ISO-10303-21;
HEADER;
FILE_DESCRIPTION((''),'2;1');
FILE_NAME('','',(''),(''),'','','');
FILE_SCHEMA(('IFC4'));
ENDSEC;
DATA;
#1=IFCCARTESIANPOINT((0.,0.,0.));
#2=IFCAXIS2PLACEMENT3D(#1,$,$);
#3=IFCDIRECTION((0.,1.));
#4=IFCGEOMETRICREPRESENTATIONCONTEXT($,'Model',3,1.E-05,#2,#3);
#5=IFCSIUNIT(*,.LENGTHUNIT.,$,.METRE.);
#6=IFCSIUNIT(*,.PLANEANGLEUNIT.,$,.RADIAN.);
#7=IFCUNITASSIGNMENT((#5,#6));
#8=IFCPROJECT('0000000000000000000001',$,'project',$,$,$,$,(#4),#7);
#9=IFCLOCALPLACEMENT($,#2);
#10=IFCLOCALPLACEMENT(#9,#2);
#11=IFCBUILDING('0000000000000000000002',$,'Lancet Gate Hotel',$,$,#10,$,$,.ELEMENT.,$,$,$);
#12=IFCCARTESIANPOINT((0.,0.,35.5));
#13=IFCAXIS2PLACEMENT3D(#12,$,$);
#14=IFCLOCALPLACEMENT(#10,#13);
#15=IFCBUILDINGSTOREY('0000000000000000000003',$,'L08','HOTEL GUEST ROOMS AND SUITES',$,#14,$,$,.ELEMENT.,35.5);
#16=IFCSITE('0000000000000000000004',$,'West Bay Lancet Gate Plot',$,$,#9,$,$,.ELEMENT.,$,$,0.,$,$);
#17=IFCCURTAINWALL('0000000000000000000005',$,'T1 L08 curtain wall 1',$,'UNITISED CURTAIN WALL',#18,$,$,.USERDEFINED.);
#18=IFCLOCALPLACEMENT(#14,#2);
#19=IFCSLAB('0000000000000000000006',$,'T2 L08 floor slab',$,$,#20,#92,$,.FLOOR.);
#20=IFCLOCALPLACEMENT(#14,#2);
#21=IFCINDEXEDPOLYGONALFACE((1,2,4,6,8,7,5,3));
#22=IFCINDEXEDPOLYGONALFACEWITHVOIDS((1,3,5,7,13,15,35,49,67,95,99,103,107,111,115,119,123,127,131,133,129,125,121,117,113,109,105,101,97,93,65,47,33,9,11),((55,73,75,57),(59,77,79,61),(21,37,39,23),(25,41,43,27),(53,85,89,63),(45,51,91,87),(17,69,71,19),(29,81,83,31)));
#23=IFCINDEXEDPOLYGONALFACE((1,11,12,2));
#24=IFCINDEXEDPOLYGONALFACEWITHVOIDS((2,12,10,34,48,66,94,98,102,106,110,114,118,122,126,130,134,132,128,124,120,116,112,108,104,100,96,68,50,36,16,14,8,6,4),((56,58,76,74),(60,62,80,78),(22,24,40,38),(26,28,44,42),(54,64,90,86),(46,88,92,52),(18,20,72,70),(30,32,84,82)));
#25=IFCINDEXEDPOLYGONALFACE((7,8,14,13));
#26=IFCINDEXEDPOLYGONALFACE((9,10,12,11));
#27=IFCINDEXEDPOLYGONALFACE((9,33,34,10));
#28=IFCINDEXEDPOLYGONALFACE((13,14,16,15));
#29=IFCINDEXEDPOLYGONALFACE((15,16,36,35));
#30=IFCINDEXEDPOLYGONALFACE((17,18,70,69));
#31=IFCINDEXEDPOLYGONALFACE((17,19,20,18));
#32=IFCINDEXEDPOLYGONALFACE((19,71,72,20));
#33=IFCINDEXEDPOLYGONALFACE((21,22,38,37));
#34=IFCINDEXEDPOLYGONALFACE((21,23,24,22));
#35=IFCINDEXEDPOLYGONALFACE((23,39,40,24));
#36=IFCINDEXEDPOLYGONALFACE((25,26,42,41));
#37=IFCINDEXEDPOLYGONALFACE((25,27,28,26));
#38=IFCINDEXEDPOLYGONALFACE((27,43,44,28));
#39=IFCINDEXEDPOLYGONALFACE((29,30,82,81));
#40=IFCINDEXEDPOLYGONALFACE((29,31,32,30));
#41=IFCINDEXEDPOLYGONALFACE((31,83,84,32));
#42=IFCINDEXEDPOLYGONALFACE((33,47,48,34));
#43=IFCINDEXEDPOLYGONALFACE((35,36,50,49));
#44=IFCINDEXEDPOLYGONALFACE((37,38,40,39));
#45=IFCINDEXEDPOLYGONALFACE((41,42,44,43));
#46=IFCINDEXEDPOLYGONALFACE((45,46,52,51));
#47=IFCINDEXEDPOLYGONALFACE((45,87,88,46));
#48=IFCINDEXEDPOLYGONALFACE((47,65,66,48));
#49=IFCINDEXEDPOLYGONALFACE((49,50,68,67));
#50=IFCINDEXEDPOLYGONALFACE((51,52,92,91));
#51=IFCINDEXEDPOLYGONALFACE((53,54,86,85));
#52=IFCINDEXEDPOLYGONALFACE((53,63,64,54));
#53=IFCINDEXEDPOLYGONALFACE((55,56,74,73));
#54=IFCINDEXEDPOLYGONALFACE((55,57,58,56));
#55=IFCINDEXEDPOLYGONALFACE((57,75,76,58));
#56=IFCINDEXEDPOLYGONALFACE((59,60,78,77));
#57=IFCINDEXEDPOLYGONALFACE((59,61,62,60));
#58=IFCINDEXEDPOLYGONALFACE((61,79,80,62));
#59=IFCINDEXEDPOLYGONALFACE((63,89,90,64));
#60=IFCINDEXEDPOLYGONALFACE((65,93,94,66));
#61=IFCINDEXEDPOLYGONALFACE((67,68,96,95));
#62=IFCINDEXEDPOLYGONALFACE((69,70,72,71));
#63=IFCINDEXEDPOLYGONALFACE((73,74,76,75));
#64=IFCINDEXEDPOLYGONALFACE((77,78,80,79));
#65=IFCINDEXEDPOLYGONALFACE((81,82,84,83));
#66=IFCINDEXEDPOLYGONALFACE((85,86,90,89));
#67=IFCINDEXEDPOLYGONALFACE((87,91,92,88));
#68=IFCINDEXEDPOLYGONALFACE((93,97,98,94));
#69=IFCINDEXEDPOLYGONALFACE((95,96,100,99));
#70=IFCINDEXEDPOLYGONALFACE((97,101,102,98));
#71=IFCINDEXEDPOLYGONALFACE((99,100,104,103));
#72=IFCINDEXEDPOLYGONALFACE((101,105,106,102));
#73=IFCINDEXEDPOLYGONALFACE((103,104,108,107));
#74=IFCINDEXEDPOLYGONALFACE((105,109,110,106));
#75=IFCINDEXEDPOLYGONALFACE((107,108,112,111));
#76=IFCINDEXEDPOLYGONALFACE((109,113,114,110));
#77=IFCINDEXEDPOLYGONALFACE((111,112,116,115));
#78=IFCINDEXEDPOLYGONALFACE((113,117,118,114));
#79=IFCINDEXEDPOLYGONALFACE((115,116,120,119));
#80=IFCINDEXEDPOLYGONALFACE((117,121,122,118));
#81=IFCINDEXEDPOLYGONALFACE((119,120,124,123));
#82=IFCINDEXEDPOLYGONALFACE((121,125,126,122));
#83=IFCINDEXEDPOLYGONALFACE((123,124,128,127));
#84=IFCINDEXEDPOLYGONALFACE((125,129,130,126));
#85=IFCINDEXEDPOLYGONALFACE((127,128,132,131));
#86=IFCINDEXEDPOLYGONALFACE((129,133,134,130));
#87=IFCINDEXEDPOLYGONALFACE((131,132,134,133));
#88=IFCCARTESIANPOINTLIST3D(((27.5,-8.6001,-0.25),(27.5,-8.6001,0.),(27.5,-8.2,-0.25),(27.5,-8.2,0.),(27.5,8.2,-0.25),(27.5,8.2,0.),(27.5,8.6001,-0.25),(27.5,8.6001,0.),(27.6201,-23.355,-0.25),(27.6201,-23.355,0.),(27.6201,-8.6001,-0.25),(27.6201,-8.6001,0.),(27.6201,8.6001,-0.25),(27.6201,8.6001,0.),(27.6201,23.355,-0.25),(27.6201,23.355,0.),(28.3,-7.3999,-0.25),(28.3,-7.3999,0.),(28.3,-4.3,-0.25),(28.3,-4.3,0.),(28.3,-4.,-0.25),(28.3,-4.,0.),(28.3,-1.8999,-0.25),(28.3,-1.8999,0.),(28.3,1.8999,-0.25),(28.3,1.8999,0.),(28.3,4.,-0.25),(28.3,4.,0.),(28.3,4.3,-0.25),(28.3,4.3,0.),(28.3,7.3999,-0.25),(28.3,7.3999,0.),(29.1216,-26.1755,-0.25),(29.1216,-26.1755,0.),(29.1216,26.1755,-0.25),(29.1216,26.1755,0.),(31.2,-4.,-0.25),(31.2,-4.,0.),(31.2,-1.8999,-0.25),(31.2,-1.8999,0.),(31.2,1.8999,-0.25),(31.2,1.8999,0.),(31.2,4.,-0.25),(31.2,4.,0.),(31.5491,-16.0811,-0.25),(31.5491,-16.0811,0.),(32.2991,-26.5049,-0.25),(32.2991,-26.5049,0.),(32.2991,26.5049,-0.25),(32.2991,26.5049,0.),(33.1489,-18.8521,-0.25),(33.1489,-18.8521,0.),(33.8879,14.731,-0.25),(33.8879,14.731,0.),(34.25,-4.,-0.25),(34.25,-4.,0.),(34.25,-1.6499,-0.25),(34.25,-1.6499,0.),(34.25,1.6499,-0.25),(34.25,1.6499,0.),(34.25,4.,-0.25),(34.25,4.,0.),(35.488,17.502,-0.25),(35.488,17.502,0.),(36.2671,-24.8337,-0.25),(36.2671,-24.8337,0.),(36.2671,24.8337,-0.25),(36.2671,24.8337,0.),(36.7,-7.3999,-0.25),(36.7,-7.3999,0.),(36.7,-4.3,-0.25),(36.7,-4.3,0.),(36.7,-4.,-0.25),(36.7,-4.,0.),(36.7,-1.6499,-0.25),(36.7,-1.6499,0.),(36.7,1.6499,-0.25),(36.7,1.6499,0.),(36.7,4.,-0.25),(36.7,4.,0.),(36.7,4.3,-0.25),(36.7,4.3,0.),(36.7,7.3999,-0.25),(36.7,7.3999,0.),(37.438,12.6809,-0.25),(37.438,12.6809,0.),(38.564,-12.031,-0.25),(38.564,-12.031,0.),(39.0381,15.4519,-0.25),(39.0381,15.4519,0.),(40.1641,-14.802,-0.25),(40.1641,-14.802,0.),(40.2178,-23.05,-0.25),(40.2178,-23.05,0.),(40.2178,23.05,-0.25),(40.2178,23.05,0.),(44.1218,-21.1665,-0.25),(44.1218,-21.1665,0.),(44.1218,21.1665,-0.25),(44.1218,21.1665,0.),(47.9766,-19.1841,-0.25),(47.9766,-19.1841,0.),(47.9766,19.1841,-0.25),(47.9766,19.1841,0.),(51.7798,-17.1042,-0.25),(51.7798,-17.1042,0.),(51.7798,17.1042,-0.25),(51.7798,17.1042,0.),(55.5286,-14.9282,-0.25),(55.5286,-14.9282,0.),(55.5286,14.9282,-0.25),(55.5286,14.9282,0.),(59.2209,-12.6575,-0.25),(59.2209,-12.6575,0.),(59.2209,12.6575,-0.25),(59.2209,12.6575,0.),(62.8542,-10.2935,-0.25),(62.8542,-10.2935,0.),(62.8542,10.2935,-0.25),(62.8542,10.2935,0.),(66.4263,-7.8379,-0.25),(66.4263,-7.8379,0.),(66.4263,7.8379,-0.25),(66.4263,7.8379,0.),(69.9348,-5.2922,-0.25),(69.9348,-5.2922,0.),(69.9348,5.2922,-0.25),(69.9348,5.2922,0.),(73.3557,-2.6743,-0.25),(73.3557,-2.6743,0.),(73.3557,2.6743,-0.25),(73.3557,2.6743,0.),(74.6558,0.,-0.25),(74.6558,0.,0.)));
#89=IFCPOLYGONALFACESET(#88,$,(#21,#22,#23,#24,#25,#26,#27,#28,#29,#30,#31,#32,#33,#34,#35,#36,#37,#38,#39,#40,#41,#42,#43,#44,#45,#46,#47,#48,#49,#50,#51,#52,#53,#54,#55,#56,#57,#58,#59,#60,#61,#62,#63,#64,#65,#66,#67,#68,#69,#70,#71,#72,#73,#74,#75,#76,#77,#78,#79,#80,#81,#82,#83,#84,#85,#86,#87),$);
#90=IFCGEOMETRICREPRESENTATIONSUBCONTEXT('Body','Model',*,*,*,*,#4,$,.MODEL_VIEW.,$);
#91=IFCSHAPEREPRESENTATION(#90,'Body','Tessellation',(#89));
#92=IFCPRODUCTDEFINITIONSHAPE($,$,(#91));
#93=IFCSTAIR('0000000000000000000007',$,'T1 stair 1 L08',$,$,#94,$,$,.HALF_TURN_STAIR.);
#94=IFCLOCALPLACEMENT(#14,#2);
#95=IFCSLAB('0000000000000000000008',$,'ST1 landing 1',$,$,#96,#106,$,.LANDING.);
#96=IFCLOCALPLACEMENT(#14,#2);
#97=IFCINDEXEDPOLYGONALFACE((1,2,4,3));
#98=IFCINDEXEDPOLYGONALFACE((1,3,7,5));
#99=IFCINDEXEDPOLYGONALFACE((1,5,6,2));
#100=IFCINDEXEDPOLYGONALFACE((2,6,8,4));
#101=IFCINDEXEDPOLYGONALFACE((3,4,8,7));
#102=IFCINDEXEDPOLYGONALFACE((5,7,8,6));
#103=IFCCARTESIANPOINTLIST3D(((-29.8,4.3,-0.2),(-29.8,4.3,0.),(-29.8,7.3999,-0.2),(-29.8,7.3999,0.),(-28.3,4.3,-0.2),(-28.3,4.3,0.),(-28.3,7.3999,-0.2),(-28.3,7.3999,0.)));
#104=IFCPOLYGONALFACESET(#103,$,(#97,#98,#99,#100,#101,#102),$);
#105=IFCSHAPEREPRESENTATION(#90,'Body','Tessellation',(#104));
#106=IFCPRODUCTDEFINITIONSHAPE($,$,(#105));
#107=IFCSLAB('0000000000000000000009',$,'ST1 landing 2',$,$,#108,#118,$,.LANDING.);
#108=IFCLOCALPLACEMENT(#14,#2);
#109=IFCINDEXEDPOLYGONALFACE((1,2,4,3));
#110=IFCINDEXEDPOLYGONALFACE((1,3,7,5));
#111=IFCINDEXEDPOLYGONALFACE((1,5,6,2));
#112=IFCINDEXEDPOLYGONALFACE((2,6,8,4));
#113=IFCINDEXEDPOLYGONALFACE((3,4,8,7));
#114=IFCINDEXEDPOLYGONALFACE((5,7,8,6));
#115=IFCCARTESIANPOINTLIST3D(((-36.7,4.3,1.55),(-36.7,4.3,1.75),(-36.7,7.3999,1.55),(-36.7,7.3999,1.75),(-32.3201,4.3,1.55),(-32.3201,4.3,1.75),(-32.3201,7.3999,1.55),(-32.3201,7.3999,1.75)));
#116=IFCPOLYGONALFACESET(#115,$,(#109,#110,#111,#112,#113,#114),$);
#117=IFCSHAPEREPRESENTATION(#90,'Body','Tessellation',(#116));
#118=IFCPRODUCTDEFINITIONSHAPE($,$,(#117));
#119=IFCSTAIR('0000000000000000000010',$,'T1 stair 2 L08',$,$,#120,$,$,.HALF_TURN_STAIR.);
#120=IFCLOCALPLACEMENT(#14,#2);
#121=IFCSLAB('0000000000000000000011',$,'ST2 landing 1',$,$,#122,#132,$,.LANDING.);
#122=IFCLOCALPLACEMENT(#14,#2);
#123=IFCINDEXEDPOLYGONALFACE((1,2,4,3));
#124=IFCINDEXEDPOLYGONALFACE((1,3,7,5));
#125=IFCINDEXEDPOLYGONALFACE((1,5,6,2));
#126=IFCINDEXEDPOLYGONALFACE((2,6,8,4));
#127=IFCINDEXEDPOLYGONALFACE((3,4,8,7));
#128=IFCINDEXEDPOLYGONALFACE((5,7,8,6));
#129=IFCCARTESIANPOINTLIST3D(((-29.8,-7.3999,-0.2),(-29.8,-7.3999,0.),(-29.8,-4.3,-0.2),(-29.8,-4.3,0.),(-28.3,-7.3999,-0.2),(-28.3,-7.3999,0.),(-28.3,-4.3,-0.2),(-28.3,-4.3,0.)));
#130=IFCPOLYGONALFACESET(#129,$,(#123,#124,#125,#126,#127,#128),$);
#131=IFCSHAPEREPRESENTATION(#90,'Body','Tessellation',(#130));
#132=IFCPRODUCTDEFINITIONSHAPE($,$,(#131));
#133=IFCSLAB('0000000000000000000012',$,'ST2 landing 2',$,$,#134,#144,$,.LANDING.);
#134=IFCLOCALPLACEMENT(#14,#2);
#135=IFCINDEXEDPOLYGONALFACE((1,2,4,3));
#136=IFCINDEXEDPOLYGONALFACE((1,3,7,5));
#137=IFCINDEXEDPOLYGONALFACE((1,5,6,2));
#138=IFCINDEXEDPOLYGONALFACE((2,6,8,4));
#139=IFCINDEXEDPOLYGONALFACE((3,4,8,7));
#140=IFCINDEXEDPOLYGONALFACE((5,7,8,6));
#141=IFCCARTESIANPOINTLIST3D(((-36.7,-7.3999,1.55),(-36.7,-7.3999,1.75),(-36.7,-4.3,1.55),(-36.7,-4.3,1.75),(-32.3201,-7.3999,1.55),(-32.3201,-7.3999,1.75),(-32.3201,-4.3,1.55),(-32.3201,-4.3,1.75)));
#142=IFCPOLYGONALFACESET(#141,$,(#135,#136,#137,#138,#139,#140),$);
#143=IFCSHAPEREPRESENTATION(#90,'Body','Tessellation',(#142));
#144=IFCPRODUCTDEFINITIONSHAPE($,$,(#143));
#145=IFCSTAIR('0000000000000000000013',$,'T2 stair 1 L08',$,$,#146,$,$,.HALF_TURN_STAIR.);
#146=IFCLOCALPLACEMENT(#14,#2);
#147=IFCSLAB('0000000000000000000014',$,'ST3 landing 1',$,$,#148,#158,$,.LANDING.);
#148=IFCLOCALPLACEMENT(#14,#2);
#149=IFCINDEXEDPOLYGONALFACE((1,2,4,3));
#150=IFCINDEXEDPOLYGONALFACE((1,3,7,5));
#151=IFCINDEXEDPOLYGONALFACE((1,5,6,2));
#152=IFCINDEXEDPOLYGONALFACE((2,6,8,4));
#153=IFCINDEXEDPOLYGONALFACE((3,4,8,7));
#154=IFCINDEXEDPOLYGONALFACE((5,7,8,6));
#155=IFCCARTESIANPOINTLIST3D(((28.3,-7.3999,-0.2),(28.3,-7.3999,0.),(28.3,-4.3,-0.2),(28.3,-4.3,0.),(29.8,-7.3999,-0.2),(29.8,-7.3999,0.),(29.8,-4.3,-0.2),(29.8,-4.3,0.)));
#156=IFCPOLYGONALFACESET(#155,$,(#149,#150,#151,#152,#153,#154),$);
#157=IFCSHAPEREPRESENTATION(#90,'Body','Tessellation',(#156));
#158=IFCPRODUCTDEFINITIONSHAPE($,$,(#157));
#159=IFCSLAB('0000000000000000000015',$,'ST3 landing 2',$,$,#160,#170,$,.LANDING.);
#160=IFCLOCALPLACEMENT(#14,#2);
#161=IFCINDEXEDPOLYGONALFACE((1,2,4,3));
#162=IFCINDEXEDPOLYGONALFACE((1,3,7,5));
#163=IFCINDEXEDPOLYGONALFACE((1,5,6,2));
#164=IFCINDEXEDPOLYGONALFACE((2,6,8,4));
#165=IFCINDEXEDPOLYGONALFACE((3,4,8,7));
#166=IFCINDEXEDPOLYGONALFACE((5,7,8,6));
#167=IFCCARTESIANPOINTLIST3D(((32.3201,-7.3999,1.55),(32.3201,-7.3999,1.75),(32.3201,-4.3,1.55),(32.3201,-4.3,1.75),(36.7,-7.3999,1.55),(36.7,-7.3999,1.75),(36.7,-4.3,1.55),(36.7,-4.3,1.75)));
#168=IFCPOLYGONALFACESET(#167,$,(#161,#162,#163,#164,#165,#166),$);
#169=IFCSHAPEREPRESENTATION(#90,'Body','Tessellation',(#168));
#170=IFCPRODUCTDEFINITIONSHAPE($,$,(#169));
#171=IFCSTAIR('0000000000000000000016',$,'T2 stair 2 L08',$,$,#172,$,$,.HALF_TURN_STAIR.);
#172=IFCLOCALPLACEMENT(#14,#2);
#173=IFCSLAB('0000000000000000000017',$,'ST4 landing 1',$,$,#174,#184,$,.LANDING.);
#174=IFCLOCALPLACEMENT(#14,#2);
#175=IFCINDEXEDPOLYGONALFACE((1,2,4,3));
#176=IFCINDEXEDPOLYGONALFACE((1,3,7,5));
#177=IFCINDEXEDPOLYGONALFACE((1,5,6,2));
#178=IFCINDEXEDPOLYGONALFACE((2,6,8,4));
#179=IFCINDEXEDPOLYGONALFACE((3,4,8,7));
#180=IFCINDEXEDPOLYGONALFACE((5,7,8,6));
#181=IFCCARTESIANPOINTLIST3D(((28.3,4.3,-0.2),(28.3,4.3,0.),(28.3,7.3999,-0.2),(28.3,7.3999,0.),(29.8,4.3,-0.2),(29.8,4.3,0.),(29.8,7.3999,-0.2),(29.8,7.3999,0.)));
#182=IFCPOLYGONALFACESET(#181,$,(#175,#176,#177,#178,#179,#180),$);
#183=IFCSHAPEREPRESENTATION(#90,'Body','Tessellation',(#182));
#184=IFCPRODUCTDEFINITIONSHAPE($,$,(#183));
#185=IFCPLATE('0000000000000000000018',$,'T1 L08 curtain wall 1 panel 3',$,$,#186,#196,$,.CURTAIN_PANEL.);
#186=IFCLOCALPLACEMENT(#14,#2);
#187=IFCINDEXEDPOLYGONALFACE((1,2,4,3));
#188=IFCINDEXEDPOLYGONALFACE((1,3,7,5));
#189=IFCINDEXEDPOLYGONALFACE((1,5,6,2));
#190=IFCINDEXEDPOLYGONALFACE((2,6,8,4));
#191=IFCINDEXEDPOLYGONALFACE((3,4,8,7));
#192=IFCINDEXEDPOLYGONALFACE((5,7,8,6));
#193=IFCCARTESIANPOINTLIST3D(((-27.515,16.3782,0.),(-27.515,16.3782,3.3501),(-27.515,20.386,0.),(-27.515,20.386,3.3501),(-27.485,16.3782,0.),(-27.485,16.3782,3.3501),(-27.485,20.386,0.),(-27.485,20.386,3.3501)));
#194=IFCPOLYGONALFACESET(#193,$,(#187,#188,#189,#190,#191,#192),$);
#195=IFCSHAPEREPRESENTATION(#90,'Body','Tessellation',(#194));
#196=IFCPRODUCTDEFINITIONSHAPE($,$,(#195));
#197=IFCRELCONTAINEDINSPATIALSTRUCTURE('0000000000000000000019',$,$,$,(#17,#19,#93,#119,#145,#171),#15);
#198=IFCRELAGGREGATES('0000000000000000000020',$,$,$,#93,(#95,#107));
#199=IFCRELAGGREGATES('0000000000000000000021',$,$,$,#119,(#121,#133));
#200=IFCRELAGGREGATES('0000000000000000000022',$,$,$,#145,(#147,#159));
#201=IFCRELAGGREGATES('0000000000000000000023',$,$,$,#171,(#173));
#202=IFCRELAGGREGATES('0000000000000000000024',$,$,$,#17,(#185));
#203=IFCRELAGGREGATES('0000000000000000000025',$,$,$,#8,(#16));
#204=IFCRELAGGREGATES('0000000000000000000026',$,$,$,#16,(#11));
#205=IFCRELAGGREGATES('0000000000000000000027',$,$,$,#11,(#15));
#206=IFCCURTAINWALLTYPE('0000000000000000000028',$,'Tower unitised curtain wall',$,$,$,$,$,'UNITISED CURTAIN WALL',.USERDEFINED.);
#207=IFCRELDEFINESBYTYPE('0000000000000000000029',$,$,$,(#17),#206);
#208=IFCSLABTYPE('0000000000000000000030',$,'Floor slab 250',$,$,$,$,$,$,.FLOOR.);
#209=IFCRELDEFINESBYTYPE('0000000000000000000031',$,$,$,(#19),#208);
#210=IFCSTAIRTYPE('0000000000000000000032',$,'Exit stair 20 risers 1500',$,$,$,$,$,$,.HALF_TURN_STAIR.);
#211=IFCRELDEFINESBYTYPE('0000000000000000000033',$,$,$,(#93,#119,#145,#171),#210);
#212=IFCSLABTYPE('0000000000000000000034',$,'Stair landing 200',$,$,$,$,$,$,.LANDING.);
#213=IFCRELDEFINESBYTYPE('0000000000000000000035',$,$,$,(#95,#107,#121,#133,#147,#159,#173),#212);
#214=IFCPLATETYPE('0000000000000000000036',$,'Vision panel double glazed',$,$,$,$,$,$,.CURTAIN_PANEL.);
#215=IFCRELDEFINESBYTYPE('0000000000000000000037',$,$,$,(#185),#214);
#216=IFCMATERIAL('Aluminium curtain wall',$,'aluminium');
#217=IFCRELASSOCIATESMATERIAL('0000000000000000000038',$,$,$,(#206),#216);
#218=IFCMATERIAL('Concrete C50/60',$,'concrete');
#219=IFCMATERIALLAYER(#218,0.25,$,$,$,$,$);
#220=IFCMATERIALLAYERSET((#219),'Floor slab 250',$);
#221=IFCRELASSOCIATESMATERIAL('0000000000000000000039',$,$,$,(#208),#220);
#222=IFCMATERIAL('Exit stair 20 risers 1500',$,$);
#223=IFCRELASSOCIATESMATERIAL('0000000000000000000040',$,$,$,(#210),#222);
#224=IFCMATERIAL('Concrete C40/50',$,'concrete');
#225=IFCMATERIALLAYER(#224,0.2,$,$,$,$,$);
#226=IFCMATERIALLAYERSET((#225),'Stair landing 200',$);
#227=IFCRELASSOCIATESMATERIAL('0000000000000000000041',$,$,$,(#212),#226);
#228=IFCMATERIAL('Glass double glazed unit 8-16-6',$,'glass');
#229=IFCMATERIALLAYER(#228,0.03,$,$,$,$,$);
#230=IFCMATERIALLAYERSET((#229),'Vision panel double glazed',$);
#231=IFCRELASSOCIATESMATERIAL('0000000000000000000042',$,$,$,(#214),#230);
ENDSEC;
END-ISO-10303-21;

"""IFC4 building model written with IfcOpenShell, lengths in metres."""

from ifc_helpers import new_model, si_unit, direction, frame, origin, origin_2d, place, context, subcontext, project, spatial, polyline, rectangle, outline, extrude, material, layer, layer_set, type_object, element, aggregate, save


model = new_model("IFC4")

# Units and contexts
model_context = context("Model", 3, precision=1e-05, world=origin(), true_north=direction((0.0, 1.0)))
body_context = subcontext(model_context, "Body", "Model", "MODEL_VIEW")
ifc_project = project(units=[si_unit("LENGTHUNIT", "METRE"), si_unit("PLANEANGLEUNIT", "RADIAN")], contexts=[model_context])

# Site, building, storey
site_placement = place(None, origin())
site = spatial("IfcSite", under=ifc_project, at=site_placement, Name="West Bay Lancet Gate Plot", CompositionType="ELEMENT", RefElevation=0.0)
building_placement = place(site_placement, origin())
building = spatial("IfcBuilding", under=site, at=building_placement, Name="Lancet Gate Hotel", CompositionType="ELEMENT")
storey_placement = place(building_placement, frame((0.0, 0.0, 35.5)))
storey = spatial("IfcBuildingStorey", under=building, at=storey_placement, Name="L08", Description="HOTEL GUEST ROOMS AND SUITES", CompositionType="ELEMENT", Elevation=35.5)

# Curtain wall
ifc_material_1 = material(Name="Aluminium curtain wall", Category="aluminium")
curtain_wall_type = type_object("IfcCurtainWallType", Name="Tower unitised curtain wall", ElementType="UNITISED CURTAIN WALL", PredefinedType="USERDEFINED", material=ifc_material_1)
curtain_wall_placement = place(storey_placement, origin())
curtain_wall = element("IfcCurtainWall", 1, at=curtain_wall_placement, inside=storey, type_object=curtain_wall_type, Name="T1 L08 curtain wall 1", ObjectType="UNITISED CURTAIN WALL", PredefinedType="USERDEFINED")

# Slab
ifc_material_2 = material(Name="Concrete C50/60", Category="concrete")
ifc_layer_1 = layer(ifc_material_2, 0.25)
ifc_layer_set_1 = layer_set([ifc_layer_1], Name="Floor slab 250")
slab_type_1 = type_object("IfcSlabType", Name="Floor slab 250", PredefinedType="FLOOR", material=ifc_layer_set_1)
slab_1_placement = place(storey_placement, frame((0.0, 0.0, -0.25)))
element("IfcSlab", 2, at=slab_1_placement, inside=storey, type_object=slab_type_1, Name="T2 L08 floor slab", PredefinedType="FLOOR", context=body_context, shape_type="SweptSolid", body=[
    extrude(outline(polyline([(27.5, -8.6001), (27.6201, -8.6001), (27.6201, -23.355), (29.1216, -26.1755), (32.2991, -26.5049), (36.2671, -24.8337), (40.2178, -23.05), (44.1218, -21.1665), (47.9766, -19.1841), (51.7798, -17.1042), (55.5286, -14.9282), (59.2209, -12.6575), (62.8542, -10.2935), (66.4263, -7.8379), (69.9348, -5.2922), (73.3557, -2.6743), (74.6558, 0.0), (73.3557, 2.6743), (69.9348, 5.2922), (66.4263, 7.8379), (62.8542, 10.2935), (59.2209, 12.6575), (55.5286, 14.9282), (51.7798, 17.1042), (47.9766, 19.1841), (44.1218, 21.1665), (40.2178, 23.05), (36.2671, 24.8337), (32.2991, 26.5049), (29.1216, 26.1755), (27.6201, 23.355), (27.6201, 8.6001), (27.5, 8.6001), (27.5, 8.2), (27.5, -8.2), (27.5, -8.6001)]), holes=[polyline([(36.7, -7.3999), (36.7, -4.3), (28.3, -4.3), (28.3, -7.3999), (36.7, -7.3999)]), polyline([(28.3, -4.0), (31.2, -4.0), (31.2, -1.8999), (28.3, -1.8999), (28.3, -4.0)]), polyline([(34.25, -4.0), (36.7, -4.0), (36.7, -1.6499), (34.25, -1.6499), (34.25, -4.0)]), polyline([(36.7, 1.6499), (36.7, 4.0), (34.25, 4.0), (34.25, 1.6499), (36.7, 1.6499)]), polyline([(28.3, 1.8999), (31.2, 1.8999), (31.2, 4.0), (28.3, 4.0), (28.3, 1.8999)]), polyline([(28.3, 4.3), (36.7, 4.3), (36.7, 7.3999), (28.3, 7.3999), (28.3, 4.3)]), polyline([(31.5491, -16.0811), (33.1489, -18.8521), (40.1641, -14.802), (38.564, -12.031), (31.5491, -16.0811)]), polyline([(33.8879, 14.731), (37.438, 12.6809), (39.0381, 15.4519), (35.488, 17.502), (33.8879, 14.731)])]), origin(), (0.0, 0.0, 1.0), 0.25),
])

# Stairs, slabs
ifc_material_3 = material(Name="Exit stair 20 risers 1500")
stair_type = type_object("IfcStairType", Name="Exit stair 20 risers 1500", PredefinedType="HALF_TURN_STAIR", material=ifc_material_3)
stair_1_placement = place(storey_placement, origin())
stair_1 = element("IfcStair", 3, at=stair_1_placement, inside=storey, type_object=stair_type, Name="T1 stair 1 L08", PredefinedType="HALF_TURN_STAIR")
ifc_material_4 = material(Name="Concrete C40/50", Category="concrete")
ifc_layer_2 = layer(ifc_material_4, 0.2)
ifc_layer_set_2 = layer_set([ifc_layer_2], Name="Stair landing 200")
slab_type_2 = type_object("IfcSlabType", Name="Stair landing 200", PredefinedType="LANDING", material=ifc_layer_set_2)
slab_2_placement = place(storey_placement, frame((0.0, 0.0, -0.2)))
slab_2 = element("IfcSlab", 4, at=slab_2_placement, type_object=slab_type_2, Name="ST1 landing 1", PredefinedType="LANDING", context=body_context, shape_type="SweptSolid", body=[
    extrude(outline(polyline([(-28.3, 7.3999), (-29.8, 7.3999), (-29.8, 4.3), (-28.3, 4.3), (-28.3, 7.3999)])), origin(), (0.0, 0.0, 1.0), 0.2),
])
slab_3_placement = place(storey_placement, frame((0.0, 0.0, 1.55)))
slab_3 = element("IfcSlab", 5, at=slab_3_placement, type_object=slab_type_2, Name="ST1 landing 2", PredefinedType="LANDING", context=body_context, shape_type="SweptSolid", body=[
    extrude(outline(polyline([(-32.3201, 7.3999), (-36.7, 7.3999), (-36.7, 4.3), (-32.3201, 4.3), (-32.3201, 7.3999)])), origin(), (0.0, 0.0, 1.0), 0.2),
])
aggregate(stair_1, [slab_2, slab_3])
stair_2_placement = place(storey_placement, origin())
stair_2 = element("IfcStair", 6, at=stair_2_placement, inside=storey, type_object=stair_type, Name="T1 stair 2 L08", PredefinedType="HALF_TURN_STAIR")
slab_4_placement = place(storey_placement, frame((0.0, 0.0, -0.2)))
slab_4 = element("IfcSlab", 7, at=slab_4_placement, type_object=slab_type_2, Name="ST2 landing 1", PredefinedType="LANDING", context=body_context, shape_type="SweptSolid", body=[
    extrude(outline(polyline([(-28.3, -4.3), (-29.8, -4.3), (-29.8, -7.3999), (-28.3, -7.3999), (-28.3, -4.3)])), origin(), (0.0, 0.0, 1.0), 0.2),
])
slab_5_placement = place(storey_placement, frame((0.0, 0.0, 1.55)))
slab_5 = element("IfcSlab", 8, at=slab_5_placement, type_object=slab_type_2, Name="ST2 landing 2", PredefinedType="LANDING", context=body_context, shape_type="SweptSolid", body=[
    extrude(outline(polyline([(-32.3201, -4.3), (-36.7, -4.3), (-36.7, -7.3999), (-32.3201, -7.3999), (-32.3201, -4.3)])), origin(), (0.0, 0.0, 1.0), 0.2),
])
aggregate(stair_2, [slab_4, slab_5])
stair_3_placement = place(storey_placement, origin())
stair_3 = element("IfcStair", 9, at=stair_3_placement, inside=storey, type_object=stair_type, Name="T2 stair 1 L08", PredefinedType="HALF_TURN_STAIR")
slab_6_placement = place(storey_placement, frame((0.0, 0.0, -0.2)))
slab_6 = element("IfcSlab", 10, at=slab_6_placement, type_object=slab_type_2, Name="ST3 landing 1", PredefinedType="LANDING", context=body_context, shape_type="SweptSolid", body=[
    extrude(outline(polyline([(28.3, -7.3999), (29.8, -7.3999), (29.8, -4.3), (28.3, -4.3), (28.3, -7.3999)])), origin(), (0.0, 0.0, 1.0), 0.2),
])
slab_7_placement = place(storey_placement, frame((0.0, 0.0, 1.55)))
slab_7 = element("IfcSlab", 11, at=slab_7_placement, type_object=slab_type_2, Name="ST3 landing 2", PredefinedType="LANDING", context=body_context, shape_type="SweptSolid", body=[
    extrude(outline(polyline([(32.3201, -7.3999), (36.7, -7.3999), (36.7, -4.3), (32.3201, -4.3), (32.3201, -7.3999)])), origin(), (0.0, 0.0, 1.0), 0.2),
])
aggregate(stair_3, [slab_6, slab_7])

# Stair, slab
stair_4_placement = place(storey_placement, origin())
stair_4 = element("IfcStair", 12, at=stair_4_placement, inside=storey, type_object=stair_type, Name="T2 stair 2 L08", PredefinedType="HALF_TURN_STAIR")
slab_8_placement = place(storey_placement, frame((0.0, 0.0, -0.2)))
slab_8 = element("IfcSlab", 13, at=slab_8_placement, type_object=slab_type_2, Name="ST4 landing 1", PredefinedType="LANDING", context=body_context, shape_type="SweptSolid", body=[
    extrude(outline(polyline([(28.3, 4.3), (29.8, 4.3), (29.8, 7.3999), (28.3, 7.3999), (28.3, 4.3)])), origin(), (0.0, 0.0, 1.0), 0.2),
])
aggregate(stair_4, [slab_8])

# Plate
ifc_material_5 = material(Name="Glass double glazed unit 8-16-6", Category="glass")
ifc_layer_3 = layer(ifc_material_5, 0.03)
ifc_layer_set_3 = layer_set([ifc_layer_3], Name="Vision panel double glazed")
plate_type = type_object("IfcPlateType", Name="Vision panel double glazed", PredefinedType="CURTAIN_PANEL", material=ifc_layer_set_3)
plate_1_placement = place(storey_placement, frame((-27.5, 18.3821, 0.0), z_axis=(0.0, 0.0, 1.0), x_axis=(0.0, 1.0, 0.0)))
plate_1 = element("IfcPlate", 14, at=plate_1_placement, type_object=plate_type, Name="T1 L08 curtain wall 1 panel 3", PredefinedType="CURTAIN_PANEL", context=body_context, shape_type="SweptSolid", body=[
    extrude(rectangle(XDim=4.0078, YDim=0.03, at=origin_2d()), origin(), (0.0, 0.0, 1.0), 3.3501),
])
aggregate(curtain_wall, [plate_1])

save(model, "model.ifc")
